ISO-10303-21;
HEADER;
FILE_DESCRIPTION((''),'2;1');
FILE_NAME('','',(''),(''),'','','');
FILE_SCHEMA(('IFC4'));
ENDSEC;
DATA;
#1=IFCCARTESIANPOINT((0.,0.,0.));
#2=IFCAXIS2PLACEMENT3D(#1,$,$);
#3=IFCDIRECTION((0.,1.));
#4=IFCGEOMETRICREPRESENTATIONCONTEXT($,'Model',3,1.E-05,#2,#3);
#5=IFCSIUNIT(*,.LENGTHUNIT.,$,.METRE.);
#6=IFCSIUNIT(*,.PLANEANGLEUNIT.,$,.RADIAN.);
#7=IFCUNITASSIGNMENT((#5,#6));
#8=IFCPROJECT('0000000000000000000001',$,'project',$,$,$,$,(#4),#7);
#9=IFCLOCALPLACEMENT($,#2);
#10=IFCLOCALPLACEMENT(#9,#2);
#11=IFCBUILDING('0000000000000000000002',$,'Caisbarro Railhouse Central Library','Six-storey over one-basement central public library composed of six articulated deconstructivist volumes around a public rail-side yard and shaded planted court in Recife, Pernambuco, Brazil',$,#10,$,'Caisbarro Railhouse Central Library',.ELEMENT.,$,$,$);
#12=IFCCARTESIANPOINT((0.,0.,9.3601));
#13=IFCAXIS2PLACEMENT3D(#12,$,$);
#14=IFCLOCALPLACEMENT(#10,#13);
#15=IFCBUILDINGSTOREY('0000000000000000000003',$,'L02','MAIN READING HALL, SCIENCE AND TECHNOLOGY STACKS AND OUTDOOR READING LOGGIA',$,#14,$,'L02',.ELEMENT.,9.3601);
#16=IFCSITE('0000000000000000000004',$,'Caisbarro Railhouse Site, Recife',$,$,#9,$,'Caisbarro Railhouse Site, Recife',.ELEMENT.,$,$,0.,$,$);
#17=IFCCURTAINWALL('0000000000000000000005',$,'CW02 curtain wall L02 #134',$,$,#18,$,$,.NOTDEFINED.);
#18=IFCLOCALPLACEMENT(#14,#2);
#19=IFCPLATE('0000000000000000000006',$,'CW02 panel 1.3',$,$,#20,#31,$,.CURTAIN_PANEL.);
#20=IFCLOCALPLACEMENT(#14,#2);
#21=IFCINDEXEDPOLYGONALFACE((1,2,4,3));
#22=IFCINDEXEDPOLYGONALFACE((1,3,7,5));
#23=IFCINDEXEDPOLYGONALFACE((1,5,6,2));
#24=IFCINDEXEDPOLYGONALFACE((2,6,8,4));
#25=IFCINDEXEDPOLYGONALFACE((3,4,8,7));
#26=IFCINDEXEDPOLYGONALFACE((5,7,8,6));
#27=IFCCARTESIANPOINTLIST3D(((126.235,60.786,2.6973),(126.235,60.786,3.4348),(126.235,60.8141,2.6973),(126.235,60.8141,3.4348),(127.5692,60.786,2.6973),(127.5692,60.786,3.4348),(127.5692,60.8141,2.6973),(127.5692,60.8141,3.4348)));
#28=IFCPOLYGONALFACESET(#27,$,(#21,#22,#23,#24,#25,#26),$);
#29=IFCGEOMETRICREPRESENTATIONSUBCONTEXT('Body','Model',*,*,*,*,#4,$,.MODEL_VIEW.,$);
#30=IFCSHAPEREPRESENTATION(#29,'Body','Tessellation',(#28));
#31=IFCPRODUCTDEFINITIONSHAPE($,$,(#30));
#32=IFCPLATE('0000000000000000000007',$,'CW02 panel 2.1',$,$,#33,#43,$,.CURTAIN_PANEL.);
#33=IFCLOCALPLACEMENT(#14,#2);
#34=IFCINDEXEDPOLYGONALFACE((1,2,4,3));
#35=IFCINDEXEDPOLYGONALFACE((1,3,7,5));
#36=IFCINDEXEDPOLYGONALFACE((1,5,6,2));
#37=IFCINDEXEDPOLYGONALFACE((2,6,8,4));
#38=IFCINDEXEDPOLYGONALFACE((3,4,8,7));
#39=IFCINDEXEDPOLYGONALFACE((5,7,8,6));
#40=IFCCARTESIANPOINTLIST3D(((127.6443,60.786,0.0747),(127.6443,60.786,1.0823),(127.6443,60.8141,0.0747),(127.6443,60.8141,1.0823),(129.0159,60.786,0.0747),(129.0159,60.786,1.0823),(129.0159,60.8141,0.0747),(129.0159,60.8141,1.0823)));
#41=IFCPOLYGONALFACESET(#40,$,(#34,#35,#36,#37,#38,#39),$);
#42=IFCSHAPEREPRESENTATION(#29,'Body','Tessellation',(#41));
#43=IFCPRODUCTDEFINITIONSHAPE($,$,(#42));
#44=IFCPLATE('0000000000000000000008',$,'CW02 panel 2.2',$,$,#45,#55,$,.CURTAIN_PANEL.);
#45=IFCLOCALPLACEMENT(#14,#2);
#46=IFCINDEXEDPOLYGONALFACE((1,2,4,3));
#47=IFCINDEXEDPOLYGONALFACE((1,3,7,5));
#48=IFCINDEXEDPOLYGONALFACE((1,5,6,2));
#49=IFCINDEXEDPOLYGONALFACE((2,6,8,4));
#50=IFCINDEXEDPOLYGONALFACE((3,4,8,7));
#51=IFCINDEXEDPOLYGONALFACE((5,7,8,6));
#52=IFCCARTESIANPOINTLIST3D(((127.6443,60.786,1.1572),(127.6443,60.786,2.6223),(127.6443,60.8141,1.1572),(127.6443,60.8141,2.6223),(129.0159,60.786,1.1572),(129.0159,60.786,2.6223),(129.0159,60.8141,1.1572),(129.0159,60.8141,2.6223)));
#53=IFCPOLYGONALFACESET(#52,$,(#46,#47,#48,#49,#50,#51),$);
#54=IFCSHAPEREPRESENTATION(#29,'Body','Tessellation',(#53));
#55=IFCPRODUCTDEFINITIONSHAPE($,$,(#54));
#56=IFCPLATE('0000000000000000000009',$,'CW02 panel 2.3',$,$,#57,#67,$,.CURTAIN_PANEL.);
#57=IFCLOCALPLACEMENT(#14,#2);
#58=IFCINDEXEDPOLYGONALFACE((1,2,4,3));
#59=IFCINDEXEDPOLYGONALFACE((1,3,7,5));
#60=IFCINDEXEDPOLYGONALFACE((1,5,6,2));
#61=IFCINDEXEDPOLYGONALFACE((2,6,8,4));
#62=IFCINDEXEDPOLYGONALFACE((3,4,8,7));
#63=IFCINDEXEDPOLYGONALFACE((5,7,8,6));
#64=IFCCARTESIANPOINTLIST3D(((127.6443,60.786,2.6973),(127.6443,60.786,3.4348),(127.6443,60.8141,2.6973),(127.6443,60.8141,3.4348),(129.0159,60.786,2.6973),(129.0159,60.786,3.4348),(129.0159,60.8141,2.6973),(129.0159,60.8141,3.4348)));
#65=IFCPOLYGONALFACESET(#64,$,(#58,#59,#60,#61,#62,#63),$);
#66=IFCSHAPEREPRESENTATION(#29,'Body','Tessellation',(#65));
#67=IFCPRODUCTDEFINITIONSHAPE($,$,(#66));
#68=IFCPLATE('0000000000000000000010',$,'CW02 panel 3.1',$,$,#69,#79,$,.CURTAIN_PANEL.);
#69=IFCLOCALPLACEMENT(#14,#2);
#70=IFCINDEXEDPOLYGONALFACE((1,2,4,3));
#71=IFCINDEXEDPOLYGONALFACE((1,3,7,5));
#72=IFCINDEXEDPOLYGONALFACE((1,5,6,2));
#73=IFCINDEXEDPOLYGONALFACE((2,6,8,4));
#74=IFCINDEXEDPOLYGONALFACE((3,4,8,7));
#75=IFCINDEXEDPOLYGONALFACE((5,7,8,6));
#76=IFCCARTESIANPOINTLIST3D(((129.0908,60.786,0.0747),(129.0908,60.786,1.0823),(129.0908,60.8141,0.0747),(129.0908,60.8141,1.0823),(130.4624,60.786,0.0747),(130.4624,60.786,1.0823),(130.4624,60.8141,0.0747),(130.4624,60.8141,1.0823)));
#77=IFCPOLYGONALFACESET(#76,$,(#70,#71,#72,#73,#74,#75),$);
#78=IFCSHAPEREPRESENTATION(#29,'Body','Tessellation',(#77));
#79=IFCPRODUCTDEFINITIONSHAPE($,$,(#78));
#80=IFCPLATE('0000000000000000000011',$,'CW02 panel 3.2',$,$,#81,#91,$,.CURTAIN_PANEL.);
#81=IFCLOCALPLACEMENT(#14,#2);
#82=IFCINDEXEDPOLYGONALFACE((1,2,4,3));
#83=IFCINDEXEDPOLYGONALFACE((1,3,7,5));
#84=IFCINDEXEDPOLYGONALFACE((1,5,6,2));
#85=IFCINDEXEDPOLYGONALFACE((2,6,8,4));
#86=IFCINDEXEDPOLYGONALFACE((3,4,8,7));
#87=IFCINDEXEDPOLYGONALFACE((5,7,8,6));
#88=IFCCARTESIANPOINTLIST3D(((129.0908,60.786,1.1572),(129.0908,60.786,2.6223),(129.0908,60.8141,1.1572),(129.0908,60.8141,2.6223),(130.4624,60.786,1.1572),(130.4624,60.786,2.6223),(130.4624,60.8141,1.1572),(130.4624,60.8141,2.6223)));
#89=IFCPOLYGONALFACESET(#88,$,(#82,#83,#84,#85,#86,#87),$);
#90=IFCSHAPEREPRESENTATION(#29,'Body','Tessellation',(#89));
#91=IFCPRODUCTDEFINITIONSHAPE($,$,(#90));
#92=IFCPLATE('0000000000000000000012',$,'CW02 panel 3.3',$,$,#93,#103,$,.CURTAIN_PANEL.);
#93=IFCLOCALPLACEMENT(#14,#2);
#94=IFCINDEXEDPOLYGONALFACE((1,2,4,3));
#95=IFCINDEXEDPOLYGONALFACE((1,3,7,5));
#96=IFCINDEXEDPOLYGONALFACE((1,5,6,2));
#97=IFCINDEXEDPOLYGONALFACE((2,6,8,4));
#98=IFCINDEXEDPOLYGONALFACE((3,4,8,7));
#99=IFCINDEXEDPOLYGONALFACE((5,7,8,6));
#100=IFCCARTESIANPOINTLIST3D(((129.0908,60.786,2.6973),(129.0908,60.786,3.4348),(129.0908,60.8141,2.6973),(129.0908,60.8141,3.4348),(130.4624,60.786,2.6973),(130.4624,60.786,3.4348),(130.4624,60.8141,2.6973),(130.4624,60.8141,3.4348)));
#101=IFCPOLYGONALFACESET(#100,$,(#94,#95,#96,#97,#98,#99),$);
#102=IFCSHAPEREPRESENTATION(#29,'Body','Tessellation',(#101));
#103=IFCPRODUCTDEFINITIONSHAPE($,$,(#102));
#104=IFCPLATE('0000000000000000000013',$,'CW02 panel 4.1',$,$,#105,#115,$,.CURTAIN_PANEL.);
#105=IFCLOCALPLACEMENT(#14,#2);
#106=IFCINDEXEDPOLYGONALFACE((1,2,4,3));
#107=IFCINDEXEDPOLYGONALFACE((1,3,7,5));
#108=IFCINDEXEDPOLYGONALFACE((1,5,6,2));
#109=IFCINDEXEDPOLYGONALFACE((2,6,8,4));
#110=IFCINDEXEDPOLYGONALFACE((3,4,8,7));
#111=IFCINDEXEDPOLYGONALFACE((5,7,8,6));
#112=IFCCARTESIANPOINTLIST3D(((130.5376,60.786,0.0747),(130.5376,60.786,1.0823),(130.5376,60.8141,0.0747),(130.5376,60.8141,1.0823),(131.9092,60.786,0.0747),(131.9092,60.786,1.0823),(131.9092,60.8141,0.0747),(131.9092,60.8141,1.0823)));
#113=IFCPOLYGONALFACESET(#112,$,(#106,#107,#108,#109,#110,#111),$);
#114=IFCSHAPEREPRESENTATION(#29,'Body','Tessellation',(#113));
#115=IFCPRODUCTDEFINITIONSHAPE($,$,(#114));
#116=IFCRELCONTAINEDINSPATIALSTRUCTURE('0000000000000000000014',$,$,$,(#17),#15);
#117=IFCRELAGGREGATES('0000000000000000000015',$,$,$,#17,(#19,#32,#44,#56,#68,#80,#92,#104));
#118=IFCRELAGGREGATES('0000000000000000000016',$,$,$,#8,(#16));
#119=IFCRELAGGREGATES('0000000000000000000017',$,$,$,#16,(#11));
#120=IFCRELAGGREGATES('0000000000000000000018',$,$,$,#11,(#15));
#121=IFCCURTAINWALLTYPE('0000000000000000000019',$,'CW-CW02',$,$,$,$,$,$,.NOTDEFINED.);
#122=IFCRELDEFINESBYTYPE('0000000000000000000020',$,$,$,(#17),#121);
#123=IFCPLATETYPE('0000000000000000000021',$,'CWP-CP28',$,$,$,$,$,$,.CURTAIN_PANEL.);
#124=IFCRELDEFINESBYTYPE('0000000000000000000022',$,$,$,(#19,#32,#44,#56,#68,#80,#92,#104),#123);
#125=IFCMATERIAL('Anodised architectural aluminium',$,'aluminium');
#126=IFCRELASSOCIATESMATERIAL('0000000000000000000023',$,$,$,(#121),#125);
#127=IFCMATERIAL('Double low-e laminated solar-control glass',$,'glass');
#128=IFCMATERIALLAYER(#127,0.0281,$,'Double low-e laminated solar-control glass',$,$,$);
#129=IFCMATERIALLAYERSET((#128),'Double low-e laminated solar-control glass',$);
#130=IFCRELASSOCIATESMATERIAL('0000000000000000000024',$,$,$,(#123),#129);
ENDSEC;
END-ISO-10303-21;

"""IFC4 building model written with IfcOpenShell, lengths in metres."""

from ifc_helpers import new_model, si_unit, direction, frame, origin, origin_2d, place, context, subcontext, project, spatial, rectangle, extrude, material, layer, layer_set, type_object, element, aggregate, save


model = new_model("IFC4")

# Units and contexts
model_context = context("Model", 3, precision=1e-05, world=origin(), true_north=direction((0.0, 1.0)))
body_context = subcontext(model_context, "Body", "Model", "MODEL_VIEW")
ifc_project = project(units=[si_unit("LENGTHUNIT", "METRE"), si_unit("PLANEANGLEUNIT", "RADIAN")], contexts=[model_context])

# Site, building, storey
site_placement = place(None, origin())
site = spatial("IfcSite", under=ifc_project, at=site_placement, Name="Caisbarro Railhouse Site, Recife", LongName="Caisbarro Railhouse Site, Recife", CompositionType="ELEMENT", RefElevation=0.0)
building_placement = place(site_placement, origin())
building = spatial("IfcBuilding", under=site, at=building_placement, Name="Caisbarro Railhouse Central Library", Description="Six-storey over one-basement central public library composed of six articulated deconstructivist volumes around a public rail-side yard and shaded planted court in Recife, Pernambuco, Brazil", LongName="Caisbarro Railhouse Central Library", CompositionType="ELEMENT")
storey_placement = place(building_placement, frame((0.0, 0.0, 9.3601)))
storey = spatial("IfcBuildingStorey", under=building, at=storey_placement, Name="L02", Description="MAIN READING HALL, SCIENCE AND TECHNOLOGY STACKS AND OUTDOOR READING LOGGIA", LongName="L02", CompositionType="ELEMENT", Elevation=9.3601)

# Curtain wall, plates
ifc_material_1 = material(Name="Anodised architectural aluminium", Category="aluminium")
curtain_wall_type = type_object("IfcCurtainWallType", Name="CW-CW02", PredefinedType="NOTDEFINED", material=ifc_material_1)
curtain_wall_placement = place(storey_placement, origin())
curtain_wall = element("IfcCurtainWall", 1, at=curtain_wall_placement, inside=storey, type_object=curtain_wall_type, Name="CW02 curtain wall L02 #134", PredefinedType="NOTDEFINED")
ifc_material_2 = material(Name="Double low-e laminated solar-control glass", Category="glass")
ifc_layer = layer(ifc_material_2, 0.0281, Name="Double low-e laminated solar-control glass")
ifc_layer_set = layer_set([ifc_layer], Name="Double low-e laminated solar-control glass")
plate_type = type_object("IfcPlateType", Name="CWP-CP28", PredefinedType="CURTAIN_PANEL", material=ifc_layer_set)
plate_1_placement = place(storey_placement, frame((126.9021, 60.8, 2.6973), z_axis=(0.0, 0.0, 1.0), x_axis=(1.0, 0.0, 0.0)))
plate_1 = element("IfcPlate", 2, at=plate_1_placement, type_object=plate_type, Name="CW02 panel 1.3", PredefinedType="CURTAIN_PANEL", context=body_context, shape_type="SweptSolid", body=[
    extrude(rectangle(XDim=1.3342, YDim=0.0281, at=origin_2d()), origin(), (0.0, 0.0, 1.0), 0.7375),
])
plate_2_placement = place(storey_placement, frame((128.3301, 60.8, 0.0747), z_axis=(0.0, 0.0, 1.0), x_axis=(1.0, 0.0, 0.0)))
plate_2 = element("IfcPlate", 3, at=plate_2_placement, type_object=plate_type, Name="CW02 panel 2.1", PredefinedType="CURTAIN_PANEL", context=body_context, shape_type="SweptSolid", body=[
    extrude(rectangle(XDim=1.3716, YDim=0.0281, at=origin_2d()), origin(), (0.0, 0.0, 1.0), 1.0076),
])
plate_3_placement = place(storey_placement, frame((128.3301, 60.8, 1.1572), z_axis=(0.0, 0.0, 1.0), x_axis=(1.0, 0.0, 0.0)))
plate_3 = element("IfcPlate", 4, at=plate_3_placement, type_object=plate_type, Name="CW02 panel 2.2", PredefinedType="CURTAIN_PANEL", context=body_context, shape_type="SweptSolid", body=[
    extrude(rectangle(XDim=1.3716, YDim=0.0281, at=origin_2d()), origin(), (0.0, 0.0, 1.0), 1.4651),
])
plate_4_placement = place(storey_placement, frame((128.3301, 60.8, 2.6973), z_axis=(0.0, 0.0, 1.0), x_axis=(1.0, 0.0, 0.0)))
plate_4 = element("IfcPlate", 5, at=plate_4_placement, type_object=plate_type, Name="CW02 panel 2.3", PredefinedType="CURTAIN_PANEL", context=body_context, shape_type="SweptSolid", body=[
    extrude(rectangle(XDim=1.3716, YDim=0.0281, at=origin_2d()), origin(), (0.0, 0.0, 1.0), 0.7375),
])
plate_5_placement = place(storey_placement, frame((129.7766, 60.8, 0.0747), z_axis=(0.0, 0.0, 1.0), x_axis=(1.0, 0.0, 0.0)))
plate_5 = element("IfcPlate", 6, at=plate_5_placement, type_object=plate_type, Name="CW02 panel 3.1", PredefinedType="CURTAIN_PANEL", context=body_context, shape_type="SweptSolid", body=[
    extrude(rectangle(XDim=1.3716, YDim=0.0281, at=origin_2d()), origin(), (0.0, 0.0, 1.0), 1.0076),
])
plate_6_placement = place(storey_placement, frame((129.7766, 60.8, 1.1572), z_axis=(0.0, 0.0, 1.0), x_axis=(1.0, 0.0, 0.0)))
plate_6 = element("IfcPlate", 7, at=plate_6_placement, type_object=plate_type, Name="CW02 panel 3.2", PredefinedType="CURTAIN_PANEL", context=body_context, shape_type="SweptSolid", body=[
    extrude(rectangle(XDim=1.3716, YDim=0.0281, at=origin_2d()), origin(), (0.0, 0.0, 1.0), 1.4651),
])
plate_7_placement = place(storey_placement, frame((129.7766, 60.8, 2.6973), z_axis=(0.0, 0.0, 1.0), x_axis=(1.0, 0.0, 0.0)))
plate_7 = element("IfcPlate", 8, at=plate_7_placement, type_object=plate_type, Name="CW02 panel 3.3", PredefinedType="CURTAIN_PANEL", context=body_context, shape_type="SweptSolid", body=[
    extrude(rectangle(XDim=1.3716, YDim=0.0281, at=origin_2d()), origin(), (0.0, 0.0, 1.0), 0.7375),
])
plate_8_placement = place(storey_placement, frame((131.2234, 60.8, 0.0747), z_axis=(0.0, 0.0, 1.0), x_axis=(1.0, 0.0, 0.0)))
plate_8 = element("IfcPlate", 9, at=plate_8_placement, type_object=plate_type, Name="CW02 panel 4.1", PredefinedType="CURTAIN_PANEL", context=body_context, shape_type="SweptSolid", body=[
    extrude(rectangle(XDim=1.3716, YDim=0.0281, at=origin_2d()), origin(), (0.0, 0.0, 1.0), 1.0076),
])
aggregate(curtain_wall, [plate_1, plate_2, plate_3, plate_4, plate_5, plate_6, plate_7, plate_8])

save(model, "model.ifc")
